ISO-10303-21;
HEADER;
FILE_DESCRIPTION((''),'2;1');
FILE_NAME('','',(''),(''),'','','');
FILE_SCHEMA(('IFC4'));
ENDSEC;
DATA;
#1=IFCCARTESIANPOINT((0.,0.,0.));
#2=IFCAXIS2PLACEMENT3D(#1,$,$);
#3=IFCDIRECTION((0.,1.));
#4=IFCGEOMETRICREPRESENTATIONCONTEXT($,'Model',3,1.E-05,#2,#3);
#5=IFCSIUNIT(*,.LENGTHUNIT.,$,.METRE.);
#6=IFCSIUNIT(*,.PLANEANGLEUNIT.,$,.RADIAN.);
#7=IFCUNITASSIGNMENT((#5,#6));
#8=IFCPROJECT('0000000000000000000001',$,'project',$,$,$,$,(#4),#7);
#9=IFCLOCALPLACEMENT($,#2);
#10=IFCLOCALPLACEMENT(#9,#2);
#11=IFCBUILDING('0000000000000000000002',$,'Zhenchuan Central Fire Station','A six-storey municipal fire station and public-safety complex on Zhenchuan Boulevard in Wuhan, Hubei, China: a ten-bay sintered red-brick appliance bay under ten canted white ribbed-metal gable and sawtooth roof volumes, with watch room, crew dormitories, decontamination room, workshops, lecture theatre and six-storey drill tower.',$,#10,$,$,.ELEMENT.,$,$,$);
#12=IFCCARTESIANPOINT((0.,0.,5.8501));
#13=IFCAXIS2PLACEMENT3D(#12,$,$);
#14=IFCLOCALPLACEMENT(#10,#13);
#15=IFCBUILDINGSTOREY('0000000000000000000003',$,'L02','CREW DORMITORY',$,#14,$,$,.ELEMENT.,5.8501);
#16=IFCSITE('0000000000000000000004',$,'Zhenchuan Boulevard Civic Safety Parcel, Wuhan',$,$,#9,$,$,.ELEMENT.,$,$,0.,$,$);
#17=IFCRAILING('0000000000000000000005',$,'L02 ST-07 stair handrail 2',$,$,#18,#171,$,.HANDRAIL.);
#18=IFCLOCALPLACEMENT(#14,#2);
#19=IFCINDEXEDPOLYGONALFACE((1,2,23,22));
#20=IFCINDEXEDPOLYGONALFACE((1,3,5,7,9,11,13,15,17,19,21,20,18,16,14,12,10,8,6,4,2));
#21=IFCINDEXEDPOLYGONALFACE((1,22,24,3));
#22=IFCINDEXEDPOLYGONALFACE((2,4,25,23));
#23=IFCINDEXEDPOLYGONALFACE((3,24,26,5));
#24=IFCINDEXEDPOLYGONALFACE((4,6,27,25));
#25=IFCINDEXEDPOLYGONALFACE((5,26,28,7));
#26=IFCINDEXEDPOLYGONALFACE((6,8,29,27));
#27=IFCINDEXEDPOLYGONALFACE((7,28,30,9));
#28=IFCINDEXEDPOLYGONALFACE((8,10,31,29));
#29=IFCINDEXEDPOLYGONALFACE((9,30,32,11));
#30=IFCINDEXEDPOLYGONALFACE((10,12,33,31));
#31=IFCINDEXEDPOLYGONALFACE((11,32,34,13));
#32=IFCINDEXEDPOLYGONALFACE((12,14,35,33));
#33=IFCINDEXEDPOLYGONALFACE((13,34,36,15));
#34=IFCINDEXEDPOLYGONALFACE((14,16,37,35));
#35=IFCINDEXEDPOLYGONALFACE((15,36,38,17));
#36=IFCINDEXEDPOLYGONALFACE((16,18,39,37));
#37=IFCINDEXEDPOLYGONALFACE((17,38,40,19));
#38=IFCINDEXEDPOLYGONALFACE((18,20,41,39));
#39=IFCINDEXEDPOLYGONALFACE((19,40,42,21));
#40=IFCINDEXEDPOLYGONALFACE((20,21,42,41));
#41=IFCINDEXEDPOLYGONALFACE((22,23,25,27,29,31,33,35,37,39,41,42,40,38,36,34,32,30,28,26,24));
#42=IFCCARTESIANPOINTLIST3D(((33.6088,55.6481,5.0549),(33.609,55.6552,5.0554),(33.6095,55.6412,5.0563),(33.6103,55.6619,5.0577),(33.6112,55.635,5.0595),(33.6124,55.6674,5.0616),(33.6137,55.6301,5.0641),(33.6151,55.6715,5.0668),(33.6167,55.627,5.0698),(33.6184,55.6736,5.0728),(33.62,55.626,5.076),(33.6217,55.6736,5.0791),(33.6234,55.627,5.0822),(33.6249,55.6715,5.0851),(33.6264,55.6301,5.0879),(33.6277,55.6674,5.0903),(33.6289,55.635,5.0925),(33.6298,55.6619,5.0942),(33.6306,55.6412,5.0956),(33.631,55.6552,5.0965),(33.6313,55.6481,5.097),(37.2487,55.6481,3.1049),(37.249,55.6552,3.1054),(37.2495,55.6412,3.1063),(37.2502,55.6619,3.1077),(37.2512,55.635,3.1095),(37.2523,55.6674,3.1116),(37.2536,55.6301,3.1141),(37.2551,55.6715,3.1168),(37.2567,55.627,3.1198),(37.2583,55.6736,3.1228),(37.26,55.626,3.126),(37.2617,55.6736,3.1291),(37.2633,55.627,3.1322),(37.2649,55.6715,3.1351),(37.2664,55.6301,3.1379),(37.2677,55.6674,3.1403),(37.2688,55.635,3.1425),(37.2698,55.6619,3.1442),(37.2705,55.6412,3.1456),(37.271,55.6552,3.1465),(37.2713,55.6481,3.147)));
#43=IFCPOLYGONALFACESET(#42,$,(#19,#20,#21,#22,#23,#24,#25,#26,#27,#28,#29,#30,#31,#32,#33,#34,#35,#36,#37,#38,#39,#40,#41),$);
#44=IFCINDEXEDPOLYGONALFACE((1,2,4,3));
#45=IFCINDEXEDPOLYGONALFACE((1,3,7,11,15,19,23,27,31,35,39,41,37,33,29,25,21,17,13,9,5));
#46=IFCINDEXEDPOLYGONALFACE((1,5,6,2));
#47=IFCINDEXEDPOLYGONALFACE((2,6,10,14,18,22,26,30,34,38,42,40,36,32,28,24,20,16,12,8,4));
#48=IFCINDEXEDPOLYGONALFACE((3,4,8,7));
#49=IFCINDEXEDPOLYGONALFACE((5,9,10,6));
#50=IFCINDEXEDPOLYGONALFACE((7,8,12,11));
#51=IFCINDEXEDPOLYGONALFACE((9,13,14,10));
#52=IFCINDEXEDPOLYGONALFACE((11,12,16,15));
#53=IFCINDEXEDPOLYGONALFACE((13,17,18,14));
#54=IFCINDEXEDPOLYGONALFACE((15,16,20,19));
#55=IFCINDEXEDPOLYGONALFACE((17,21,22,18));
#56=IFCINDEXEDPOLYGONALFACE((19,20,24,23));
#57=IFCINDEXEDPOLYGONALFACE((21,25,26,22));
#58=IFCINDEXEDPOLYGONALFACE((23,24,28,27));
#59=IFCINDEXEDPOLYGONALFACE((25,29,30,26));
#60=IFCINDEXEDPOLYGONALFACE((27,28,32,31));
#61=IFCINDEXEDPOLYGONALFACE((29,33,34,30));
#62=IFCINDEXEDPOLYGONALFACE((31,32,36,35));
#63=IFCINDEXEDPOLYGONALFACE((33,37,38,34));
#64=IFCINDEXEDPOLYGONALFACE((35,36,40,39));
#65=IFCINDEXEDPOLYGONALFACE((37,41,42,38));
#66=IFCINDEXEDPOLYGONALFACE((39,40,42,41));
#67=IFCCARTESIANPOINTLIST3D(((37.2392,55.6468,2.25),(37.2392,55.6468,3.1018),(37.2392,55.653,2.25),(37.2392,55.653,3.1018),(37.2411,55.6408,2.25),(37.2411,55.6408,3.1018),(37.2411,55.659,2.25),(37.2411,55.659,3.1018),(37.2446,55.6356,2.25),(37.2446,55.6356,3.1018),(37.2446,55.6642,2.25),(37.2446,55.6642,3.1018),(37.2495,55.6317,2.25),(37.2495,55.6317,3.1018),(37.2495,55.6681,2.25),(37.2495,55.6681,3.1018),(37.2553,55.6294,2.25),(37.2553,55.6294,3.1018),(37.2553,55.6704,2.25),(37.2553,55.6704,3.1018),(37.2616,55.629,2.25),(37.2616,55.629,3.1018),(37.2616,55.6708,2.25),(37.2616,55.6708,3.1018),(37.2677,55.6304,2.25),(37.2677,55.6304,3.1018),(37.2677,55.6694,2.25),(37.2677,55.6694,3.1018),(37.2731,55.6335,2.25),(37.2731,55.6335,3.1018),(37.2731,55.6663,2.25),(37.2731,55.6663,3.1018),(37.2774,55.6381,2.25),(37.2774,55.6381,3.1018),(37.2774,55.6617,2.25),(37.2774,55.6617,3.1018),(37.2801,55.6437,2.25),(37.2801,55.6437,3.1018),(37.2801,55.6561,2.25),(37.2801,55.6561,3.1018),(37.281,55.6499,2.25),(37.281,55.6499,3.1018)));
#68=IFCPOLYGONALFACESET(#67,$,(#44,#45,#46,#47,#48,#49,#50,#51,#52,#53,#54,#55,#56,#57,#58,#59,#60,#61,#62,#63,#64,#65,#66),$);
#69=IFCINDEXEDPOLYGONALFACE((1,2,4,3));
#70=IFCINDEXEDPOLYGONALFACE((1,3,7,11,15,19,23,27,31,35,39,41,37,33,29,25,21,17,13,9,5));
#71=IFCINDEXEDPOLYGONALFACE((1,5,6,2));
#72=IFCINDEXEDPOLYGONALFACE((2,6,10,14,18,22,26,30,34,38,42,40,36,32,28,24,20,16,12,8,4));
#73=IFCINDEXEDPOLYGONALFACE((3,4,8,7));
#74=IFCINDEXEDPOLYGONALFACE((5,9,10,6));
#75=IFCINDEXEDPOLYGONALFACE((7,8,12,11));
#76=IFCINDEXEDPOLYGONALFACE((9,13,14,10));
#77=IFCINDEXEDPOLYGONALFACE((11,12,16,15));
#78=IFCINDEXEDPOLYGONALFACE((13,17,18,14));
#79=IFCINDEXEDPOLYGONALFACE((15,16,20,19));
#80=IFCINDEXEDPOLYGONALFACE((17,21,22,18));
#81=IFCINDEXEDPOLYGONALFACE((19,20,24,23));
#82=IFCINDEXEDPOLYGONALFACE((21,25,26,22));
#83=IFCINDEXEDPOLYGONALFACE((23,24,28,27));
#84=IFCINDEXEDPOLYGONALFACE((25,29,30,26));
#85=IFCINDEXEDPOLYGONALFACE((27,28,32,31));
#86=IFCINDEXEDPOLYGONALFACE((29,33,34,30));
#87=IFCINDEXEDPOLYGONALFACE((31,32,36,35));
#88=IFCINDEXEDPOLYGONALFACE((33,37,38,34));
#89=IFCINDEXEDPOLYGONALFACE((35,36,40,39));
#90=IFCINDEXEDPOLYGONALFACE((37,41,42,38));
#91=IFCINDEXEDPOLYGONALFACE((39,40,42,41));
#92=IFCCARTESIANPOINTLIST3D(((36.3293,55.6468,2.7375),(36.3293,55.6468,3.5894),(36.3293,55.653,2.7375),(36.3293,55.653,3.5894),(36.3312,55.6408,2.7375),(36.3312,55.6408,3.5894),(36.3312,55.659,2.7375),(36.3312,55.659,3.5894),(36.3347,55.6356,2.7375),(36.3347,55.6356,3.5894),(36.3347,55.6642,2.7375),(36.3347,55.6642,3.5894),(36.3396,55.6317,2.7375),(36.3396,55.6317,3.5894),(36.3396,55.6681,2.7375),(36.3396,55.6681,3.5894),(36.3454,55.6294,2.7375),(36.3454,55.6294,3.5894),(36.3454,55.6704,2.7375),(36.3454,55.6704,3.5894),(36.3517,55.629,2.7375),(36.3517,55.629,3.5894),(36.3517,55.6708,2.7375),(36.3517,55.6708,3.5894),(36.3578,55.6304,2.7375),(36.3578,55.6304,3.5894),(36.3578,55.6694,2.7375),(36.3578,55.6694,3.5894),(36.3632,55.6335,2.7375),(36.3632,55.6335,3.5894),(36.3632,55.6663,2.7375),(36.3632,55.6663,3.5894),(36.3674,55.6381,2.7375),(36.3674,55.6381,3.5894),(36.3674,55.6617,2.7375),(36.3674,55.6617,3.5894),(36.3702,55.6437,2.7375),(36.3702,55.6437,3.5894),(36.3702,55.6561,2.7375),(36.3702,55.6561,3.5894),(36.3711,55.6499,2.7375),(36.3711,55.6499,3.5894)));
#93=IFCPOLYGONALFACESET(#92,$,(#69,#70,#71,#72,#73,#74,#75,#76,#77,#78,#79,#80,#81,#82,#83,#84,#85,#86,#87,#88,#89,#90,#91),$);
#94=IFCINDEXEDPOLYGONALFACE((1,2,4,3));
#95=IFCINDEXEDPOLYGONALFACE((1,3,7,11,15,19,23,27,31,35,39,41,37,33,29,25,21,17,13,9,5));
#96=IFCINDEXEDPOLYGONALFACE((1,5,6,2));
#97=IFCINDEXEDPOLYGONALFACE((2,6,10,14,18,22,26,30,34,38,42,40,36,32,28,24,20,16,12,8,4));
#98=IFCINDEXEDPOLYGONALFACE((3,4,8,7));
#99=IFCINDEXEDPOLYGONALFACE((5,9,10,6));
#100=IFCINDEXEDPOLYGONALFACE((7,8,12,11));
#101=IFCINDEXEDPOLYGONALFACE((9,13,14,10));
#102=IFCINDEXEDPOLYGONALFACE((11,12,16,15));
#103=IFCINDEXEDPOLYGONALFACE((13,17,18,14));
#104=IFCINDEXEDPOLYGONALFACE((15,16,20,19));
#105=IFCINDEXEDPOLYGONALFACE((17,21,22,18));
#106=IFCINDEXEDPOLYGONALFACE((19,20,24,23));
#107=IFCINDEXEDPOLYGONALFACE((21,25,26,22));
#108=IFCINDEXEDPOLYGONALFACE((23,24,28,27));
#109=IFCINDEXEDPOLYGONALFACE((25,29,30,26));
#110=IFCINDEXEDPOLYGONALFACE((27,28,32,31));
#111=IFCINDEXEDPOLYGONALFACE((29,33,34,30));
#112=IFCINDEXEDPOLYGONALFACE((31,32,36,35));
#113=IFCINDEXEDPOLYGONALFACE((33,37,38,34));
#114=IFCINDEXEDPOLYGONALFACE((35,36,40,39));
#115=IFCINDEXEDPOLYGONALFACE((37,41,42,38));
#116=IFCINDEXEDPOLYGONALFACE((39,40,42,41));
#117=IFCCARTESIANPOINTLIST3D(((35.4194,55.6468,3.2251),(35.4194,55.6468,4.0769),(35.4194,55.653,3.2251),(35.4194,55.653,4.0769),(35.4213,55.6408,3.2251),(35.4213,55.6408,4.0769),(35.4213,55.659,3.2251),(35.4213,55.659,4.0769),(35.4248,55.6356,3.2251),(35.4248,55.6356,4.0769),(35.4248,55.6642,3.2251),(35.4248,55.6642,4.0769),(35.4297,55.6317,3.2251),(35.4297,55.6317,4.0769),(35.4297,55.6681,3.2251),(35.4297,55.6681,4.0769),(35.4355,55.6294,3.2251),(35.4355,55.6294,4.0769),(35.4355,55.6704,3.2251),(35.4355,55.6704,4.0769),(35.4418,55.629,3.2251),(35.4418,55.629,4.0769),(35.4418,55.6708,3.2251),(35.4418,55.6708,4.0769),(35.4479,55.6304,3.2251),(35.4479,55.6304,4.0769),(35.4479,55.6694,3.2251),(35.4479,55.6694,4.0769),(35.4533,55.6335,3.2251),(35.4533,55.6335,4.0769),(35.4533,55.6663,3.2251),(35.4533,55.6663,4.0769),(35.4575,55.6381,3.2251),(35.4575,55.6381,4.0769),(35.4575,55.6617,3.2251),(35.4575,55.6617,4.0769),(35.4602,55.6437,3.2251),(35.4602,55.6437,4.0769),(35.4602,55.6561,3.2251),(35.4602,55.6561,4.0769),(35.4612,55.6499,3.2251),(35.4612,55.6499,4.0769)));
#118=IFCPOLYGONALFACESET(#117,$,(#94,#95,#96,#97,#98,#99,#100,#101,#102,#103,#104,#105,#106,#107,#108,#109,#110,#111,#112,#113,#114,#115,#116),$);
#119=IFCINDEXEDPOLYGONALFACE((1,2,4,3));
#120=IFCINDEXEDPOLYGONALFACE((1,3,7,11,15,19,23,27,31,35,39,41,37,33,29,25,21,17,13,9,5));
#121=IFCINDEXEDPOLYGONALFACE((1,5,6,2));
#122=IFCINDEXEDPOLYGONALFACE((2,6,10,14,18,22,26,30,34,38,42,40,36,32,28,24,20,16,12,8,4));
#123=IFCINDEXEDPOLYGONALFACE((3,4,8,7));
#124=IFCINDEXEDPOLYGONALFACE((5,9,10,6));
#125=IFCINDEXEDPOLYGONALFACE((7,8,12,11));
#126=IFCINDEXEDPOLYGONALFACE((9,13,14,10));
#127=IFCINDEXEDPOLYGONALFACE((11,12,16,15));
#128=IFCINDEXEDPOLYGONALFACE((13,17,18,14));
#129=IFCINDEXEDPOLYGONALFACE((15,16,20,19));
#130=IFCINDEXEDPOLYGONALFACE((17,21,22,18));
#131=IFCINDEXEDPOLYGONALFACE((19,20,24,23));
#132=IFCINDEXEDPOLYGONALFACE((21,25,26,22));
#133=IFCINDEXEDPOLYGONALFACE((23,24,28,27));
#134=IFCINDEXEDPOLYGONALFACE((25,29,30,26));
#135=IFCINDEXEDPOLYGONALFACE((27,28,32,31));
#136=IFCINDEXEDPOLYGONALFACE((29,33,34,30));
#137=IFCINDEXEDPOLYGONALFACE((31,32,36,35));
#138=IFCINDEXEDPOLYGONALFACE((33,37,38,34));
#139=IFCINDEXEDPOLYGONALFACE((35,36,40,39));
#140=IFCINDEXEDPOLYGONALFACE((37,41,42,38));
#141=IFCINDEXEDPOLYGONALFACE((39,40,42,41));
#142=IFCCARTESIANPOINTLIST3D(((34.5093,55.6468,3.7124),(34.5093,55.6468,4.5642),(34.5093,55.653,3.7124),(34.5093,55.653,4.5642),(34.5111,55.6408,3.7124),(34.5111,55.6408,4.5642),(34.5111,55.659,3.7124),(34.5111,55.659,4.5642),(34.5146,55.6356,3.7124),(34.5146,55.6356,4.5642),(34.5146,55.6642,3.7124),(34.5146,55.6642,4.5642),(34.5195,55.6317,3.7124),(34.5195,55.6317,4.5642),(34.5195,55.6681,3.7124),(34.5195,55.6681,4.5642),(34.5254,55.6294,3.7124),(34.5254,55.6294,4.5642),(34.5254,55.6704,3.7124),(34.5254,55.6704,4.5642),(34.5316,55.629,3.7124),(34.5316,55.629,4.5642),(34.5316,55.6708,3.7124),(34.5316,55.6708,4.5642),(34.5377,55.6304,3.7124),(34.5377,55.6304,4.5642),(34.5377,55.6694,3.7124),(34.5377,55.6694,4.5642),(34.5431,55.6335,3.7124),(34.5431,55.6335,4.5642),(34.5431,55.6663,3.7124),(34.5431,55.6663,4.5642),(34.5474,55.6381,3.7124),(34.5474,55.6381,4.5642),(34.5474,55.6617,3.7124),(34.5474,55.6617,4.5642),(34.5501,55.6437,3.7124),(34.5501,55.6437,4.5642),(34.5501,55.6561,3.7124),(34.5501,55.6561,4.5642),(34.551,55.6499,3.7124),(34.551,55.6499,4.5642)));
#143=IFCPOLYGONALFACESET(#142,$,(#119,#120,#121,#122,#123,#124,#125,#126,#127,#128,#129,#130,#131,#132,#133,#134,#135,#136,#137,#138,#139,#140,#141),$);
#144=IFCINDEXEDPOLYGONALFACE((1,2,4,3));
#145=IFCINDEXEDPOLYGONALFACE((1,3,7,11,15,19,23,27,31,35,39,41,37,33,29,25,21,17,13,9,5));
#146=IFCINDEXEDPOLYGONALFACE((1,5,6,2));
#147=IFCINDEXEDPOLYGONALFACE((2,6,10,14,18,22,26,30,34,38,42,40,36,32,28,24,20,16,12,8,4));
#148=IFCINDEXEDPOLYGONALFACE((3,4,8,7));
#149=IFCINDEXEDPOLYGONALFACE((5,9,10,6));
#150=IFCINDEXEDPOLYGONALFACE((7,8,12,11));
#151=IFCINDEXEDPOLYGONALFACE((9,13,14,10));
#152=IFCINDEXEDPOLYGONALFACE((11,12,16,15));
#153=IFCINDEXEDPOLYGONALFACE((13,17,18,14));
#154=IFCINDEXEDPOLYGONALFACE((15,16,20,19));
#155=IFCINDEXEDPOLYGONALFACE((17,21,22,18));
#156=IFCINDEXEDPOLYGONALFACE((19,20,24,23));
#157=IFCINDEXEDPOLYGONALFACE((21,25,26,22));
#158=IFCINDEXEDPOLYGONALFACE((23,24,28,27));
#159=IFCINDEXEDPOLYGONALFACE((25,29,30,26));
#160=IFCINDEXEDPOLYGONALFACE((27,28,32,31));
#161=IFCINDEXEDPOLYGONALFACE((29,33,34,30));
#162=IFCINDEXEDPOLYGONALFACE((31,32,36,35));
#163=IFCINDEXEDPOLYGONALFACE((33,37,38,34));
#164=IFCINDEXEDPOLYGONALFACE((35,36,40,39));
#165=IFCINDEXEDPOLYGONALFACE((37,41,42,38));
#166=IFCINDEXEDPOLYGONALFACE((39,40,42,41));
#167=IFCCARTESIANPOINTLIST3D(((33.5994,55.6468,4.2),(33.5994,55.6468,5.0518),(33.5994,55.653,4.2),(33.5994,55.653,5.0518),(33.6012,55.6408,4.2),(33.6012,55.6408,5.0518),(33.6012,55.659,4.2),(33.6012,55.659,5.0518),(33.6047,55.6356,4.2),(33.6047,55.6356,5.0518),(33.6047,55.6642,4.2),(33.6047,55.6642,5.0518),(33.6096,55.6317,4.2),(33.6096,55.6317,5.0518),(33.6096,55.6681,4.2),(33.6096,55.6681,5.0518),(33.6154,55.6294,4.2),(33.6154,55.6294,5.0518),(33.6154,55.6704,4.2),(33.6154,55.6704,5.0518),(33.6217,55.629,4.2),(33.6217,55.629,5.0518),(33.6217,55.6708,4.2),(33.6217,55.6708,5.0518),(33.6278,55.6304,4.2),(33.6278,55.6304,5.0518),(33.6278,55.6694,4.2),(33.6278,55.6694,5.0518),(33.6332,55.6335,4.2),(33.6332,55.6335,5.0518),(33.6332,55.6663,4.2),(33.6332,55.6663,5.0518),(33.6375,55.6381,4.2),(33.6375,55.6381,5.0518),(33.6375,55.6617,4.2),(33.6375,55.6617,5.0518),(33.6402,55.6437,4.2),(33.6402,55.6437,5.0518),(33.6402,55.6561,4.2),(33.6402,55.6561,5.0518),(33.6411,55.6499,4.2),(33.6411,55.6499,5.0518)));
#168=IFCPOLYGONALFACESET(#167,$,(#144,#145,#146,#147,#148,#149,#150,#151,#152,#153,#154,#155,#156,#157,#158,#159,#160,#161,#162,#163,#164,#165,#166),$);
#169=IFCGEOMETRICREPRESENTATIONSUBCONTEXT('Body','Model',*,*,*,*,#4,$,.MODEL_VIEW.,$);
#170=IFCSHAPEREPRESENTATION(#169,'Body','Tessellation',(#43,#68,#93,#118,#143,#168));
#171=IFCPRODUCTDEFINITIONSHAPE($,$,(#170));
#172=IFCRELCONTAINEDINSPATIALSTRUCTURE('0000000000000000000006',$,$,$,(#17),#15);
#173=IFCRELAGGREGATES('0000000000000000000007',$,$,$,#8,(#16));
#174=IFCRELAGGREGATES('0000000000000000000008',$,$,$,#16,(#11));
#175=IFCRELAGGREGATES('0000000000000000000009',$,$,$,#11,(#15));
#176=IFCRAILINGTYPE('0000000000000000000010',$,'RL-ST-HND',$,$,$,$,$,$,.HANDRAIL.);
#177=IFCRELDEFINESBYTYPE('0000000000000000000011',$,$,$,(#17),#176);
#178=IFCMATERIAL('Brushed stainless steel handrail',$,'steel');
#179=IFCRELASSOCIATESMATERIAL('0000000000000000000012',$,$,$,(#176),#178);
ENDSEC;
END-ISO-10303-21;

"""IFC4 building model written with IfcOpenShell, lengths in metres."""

from ifc_helpers import new_model, si_unit, direction, frame, origin, origin_2d, place, context, subcontext, project, spatial, circle, extrude, material, type_object, element, save


model = new_model("IFC4")

# Units and contexts
model_context = context("Model", 3, precision=1e-05, world=origin(), true_north=direction((0.0, 1.0)))
body_context = subcontext(model_context, "Body", "Model", "MODEL_VIEW")
ifc_project = project(units=[si_unit("LENGTHUNIT", "METRE"), si_unit("PLANEANGLEUNIT", "RADIAN")], contexts=[model_context])

# Site, building, storey
site_placement = place(None, origin())
site = spatial("IfcSite", under=ifc_project, at=site_placement, Name="Zhenchuan Boulevard Civic Safety Parcel, Wuhan", CompositionType="ELEMENT", RefElevation=0.0)
building_placement = place(site_placement, origin())
building = spatial("IfcBuilding", under=site, at=building_placement, Name="Zhenchuan Central Fire Station", Description="A six-storey municipal fire station and public-safety complex on Zhenchuan Boulevard in Wuhan, Hubei, China: a ten-bay sintered red-brick appliance bay under ten canted white ribbed-metal gable and sawtooth roof volumes, with watch room, crew dormitories, decontamination room, workshops, lecture theatre and six-storey drill tower.", CompositionType="ELEMENT")
storey_placement = place(building_placement, frame((0.0, 0.0, 5.8501)))
storey = spatial("IfcBuildingStorey", under=building, at=storey_placement, Name="L02", Description="CREW DORMITORY", CompositionType="ELEMENT", Elevation=5.8501)

# Railing
ifc_material_1 = material(Name="Brushed stainless steel handrail", Category="steel")
railing_type_1 = type_object("IfcRailingType", Name="RL-ST-HND", PredefinedType="HANDRAIL", material=ifc_material_1)
railing_1_placement = place(storey_placement, frame((37.26, 55.6499, 2.25)))
element("IfcRailing", 1, at=railing_1_placement, inside=storey, type_object=railing_type_1, Name="L02 ST-07 stair handrail 2", PredefinedType="HANDRAIL", context=body_context, shape_type="SweptSolid", body=[
    extrude(circle(Radius=0.0239, at=origin_2d()), frame((0.0, 0.0, 0.876), z_axis=(-0.881479, 0.0, 0.472223), x_axis=(0.0, -1.0, 0.0)), (0.0, 0.0, 1.0), 4.1294),
    extrude(circle(Radius=0.021, at=origin_2d()), origin(), (0.0, 0.0, 1.0), 0.8518),
    extrude(circle(Radius=0.021, at=origin_2d()), frame((-0.9099, 0.0, 0.4875)), (0.0, 0.0, 1.0), 0.8518),
    extrude(circle(Radius=0.021, at=origin_2d()), frame((-1.8198, 0.0, 0.9751)), (0.0, 0.0, 1.0), 0.8518),
    extrude(circle(Radius=0.021, at=origin_2d()), frame((-2.73, 0.0, 1.4624)), (0.0, 0.0, 1.0), 0.8518),
    extrude(circle(Radius=0.021, at=origin_2d()), frame((-3.6399, 0.0, 1.95)), (0.0, 0.0, 1.0), 0.8518),
])

save(model, "model.ifc")
